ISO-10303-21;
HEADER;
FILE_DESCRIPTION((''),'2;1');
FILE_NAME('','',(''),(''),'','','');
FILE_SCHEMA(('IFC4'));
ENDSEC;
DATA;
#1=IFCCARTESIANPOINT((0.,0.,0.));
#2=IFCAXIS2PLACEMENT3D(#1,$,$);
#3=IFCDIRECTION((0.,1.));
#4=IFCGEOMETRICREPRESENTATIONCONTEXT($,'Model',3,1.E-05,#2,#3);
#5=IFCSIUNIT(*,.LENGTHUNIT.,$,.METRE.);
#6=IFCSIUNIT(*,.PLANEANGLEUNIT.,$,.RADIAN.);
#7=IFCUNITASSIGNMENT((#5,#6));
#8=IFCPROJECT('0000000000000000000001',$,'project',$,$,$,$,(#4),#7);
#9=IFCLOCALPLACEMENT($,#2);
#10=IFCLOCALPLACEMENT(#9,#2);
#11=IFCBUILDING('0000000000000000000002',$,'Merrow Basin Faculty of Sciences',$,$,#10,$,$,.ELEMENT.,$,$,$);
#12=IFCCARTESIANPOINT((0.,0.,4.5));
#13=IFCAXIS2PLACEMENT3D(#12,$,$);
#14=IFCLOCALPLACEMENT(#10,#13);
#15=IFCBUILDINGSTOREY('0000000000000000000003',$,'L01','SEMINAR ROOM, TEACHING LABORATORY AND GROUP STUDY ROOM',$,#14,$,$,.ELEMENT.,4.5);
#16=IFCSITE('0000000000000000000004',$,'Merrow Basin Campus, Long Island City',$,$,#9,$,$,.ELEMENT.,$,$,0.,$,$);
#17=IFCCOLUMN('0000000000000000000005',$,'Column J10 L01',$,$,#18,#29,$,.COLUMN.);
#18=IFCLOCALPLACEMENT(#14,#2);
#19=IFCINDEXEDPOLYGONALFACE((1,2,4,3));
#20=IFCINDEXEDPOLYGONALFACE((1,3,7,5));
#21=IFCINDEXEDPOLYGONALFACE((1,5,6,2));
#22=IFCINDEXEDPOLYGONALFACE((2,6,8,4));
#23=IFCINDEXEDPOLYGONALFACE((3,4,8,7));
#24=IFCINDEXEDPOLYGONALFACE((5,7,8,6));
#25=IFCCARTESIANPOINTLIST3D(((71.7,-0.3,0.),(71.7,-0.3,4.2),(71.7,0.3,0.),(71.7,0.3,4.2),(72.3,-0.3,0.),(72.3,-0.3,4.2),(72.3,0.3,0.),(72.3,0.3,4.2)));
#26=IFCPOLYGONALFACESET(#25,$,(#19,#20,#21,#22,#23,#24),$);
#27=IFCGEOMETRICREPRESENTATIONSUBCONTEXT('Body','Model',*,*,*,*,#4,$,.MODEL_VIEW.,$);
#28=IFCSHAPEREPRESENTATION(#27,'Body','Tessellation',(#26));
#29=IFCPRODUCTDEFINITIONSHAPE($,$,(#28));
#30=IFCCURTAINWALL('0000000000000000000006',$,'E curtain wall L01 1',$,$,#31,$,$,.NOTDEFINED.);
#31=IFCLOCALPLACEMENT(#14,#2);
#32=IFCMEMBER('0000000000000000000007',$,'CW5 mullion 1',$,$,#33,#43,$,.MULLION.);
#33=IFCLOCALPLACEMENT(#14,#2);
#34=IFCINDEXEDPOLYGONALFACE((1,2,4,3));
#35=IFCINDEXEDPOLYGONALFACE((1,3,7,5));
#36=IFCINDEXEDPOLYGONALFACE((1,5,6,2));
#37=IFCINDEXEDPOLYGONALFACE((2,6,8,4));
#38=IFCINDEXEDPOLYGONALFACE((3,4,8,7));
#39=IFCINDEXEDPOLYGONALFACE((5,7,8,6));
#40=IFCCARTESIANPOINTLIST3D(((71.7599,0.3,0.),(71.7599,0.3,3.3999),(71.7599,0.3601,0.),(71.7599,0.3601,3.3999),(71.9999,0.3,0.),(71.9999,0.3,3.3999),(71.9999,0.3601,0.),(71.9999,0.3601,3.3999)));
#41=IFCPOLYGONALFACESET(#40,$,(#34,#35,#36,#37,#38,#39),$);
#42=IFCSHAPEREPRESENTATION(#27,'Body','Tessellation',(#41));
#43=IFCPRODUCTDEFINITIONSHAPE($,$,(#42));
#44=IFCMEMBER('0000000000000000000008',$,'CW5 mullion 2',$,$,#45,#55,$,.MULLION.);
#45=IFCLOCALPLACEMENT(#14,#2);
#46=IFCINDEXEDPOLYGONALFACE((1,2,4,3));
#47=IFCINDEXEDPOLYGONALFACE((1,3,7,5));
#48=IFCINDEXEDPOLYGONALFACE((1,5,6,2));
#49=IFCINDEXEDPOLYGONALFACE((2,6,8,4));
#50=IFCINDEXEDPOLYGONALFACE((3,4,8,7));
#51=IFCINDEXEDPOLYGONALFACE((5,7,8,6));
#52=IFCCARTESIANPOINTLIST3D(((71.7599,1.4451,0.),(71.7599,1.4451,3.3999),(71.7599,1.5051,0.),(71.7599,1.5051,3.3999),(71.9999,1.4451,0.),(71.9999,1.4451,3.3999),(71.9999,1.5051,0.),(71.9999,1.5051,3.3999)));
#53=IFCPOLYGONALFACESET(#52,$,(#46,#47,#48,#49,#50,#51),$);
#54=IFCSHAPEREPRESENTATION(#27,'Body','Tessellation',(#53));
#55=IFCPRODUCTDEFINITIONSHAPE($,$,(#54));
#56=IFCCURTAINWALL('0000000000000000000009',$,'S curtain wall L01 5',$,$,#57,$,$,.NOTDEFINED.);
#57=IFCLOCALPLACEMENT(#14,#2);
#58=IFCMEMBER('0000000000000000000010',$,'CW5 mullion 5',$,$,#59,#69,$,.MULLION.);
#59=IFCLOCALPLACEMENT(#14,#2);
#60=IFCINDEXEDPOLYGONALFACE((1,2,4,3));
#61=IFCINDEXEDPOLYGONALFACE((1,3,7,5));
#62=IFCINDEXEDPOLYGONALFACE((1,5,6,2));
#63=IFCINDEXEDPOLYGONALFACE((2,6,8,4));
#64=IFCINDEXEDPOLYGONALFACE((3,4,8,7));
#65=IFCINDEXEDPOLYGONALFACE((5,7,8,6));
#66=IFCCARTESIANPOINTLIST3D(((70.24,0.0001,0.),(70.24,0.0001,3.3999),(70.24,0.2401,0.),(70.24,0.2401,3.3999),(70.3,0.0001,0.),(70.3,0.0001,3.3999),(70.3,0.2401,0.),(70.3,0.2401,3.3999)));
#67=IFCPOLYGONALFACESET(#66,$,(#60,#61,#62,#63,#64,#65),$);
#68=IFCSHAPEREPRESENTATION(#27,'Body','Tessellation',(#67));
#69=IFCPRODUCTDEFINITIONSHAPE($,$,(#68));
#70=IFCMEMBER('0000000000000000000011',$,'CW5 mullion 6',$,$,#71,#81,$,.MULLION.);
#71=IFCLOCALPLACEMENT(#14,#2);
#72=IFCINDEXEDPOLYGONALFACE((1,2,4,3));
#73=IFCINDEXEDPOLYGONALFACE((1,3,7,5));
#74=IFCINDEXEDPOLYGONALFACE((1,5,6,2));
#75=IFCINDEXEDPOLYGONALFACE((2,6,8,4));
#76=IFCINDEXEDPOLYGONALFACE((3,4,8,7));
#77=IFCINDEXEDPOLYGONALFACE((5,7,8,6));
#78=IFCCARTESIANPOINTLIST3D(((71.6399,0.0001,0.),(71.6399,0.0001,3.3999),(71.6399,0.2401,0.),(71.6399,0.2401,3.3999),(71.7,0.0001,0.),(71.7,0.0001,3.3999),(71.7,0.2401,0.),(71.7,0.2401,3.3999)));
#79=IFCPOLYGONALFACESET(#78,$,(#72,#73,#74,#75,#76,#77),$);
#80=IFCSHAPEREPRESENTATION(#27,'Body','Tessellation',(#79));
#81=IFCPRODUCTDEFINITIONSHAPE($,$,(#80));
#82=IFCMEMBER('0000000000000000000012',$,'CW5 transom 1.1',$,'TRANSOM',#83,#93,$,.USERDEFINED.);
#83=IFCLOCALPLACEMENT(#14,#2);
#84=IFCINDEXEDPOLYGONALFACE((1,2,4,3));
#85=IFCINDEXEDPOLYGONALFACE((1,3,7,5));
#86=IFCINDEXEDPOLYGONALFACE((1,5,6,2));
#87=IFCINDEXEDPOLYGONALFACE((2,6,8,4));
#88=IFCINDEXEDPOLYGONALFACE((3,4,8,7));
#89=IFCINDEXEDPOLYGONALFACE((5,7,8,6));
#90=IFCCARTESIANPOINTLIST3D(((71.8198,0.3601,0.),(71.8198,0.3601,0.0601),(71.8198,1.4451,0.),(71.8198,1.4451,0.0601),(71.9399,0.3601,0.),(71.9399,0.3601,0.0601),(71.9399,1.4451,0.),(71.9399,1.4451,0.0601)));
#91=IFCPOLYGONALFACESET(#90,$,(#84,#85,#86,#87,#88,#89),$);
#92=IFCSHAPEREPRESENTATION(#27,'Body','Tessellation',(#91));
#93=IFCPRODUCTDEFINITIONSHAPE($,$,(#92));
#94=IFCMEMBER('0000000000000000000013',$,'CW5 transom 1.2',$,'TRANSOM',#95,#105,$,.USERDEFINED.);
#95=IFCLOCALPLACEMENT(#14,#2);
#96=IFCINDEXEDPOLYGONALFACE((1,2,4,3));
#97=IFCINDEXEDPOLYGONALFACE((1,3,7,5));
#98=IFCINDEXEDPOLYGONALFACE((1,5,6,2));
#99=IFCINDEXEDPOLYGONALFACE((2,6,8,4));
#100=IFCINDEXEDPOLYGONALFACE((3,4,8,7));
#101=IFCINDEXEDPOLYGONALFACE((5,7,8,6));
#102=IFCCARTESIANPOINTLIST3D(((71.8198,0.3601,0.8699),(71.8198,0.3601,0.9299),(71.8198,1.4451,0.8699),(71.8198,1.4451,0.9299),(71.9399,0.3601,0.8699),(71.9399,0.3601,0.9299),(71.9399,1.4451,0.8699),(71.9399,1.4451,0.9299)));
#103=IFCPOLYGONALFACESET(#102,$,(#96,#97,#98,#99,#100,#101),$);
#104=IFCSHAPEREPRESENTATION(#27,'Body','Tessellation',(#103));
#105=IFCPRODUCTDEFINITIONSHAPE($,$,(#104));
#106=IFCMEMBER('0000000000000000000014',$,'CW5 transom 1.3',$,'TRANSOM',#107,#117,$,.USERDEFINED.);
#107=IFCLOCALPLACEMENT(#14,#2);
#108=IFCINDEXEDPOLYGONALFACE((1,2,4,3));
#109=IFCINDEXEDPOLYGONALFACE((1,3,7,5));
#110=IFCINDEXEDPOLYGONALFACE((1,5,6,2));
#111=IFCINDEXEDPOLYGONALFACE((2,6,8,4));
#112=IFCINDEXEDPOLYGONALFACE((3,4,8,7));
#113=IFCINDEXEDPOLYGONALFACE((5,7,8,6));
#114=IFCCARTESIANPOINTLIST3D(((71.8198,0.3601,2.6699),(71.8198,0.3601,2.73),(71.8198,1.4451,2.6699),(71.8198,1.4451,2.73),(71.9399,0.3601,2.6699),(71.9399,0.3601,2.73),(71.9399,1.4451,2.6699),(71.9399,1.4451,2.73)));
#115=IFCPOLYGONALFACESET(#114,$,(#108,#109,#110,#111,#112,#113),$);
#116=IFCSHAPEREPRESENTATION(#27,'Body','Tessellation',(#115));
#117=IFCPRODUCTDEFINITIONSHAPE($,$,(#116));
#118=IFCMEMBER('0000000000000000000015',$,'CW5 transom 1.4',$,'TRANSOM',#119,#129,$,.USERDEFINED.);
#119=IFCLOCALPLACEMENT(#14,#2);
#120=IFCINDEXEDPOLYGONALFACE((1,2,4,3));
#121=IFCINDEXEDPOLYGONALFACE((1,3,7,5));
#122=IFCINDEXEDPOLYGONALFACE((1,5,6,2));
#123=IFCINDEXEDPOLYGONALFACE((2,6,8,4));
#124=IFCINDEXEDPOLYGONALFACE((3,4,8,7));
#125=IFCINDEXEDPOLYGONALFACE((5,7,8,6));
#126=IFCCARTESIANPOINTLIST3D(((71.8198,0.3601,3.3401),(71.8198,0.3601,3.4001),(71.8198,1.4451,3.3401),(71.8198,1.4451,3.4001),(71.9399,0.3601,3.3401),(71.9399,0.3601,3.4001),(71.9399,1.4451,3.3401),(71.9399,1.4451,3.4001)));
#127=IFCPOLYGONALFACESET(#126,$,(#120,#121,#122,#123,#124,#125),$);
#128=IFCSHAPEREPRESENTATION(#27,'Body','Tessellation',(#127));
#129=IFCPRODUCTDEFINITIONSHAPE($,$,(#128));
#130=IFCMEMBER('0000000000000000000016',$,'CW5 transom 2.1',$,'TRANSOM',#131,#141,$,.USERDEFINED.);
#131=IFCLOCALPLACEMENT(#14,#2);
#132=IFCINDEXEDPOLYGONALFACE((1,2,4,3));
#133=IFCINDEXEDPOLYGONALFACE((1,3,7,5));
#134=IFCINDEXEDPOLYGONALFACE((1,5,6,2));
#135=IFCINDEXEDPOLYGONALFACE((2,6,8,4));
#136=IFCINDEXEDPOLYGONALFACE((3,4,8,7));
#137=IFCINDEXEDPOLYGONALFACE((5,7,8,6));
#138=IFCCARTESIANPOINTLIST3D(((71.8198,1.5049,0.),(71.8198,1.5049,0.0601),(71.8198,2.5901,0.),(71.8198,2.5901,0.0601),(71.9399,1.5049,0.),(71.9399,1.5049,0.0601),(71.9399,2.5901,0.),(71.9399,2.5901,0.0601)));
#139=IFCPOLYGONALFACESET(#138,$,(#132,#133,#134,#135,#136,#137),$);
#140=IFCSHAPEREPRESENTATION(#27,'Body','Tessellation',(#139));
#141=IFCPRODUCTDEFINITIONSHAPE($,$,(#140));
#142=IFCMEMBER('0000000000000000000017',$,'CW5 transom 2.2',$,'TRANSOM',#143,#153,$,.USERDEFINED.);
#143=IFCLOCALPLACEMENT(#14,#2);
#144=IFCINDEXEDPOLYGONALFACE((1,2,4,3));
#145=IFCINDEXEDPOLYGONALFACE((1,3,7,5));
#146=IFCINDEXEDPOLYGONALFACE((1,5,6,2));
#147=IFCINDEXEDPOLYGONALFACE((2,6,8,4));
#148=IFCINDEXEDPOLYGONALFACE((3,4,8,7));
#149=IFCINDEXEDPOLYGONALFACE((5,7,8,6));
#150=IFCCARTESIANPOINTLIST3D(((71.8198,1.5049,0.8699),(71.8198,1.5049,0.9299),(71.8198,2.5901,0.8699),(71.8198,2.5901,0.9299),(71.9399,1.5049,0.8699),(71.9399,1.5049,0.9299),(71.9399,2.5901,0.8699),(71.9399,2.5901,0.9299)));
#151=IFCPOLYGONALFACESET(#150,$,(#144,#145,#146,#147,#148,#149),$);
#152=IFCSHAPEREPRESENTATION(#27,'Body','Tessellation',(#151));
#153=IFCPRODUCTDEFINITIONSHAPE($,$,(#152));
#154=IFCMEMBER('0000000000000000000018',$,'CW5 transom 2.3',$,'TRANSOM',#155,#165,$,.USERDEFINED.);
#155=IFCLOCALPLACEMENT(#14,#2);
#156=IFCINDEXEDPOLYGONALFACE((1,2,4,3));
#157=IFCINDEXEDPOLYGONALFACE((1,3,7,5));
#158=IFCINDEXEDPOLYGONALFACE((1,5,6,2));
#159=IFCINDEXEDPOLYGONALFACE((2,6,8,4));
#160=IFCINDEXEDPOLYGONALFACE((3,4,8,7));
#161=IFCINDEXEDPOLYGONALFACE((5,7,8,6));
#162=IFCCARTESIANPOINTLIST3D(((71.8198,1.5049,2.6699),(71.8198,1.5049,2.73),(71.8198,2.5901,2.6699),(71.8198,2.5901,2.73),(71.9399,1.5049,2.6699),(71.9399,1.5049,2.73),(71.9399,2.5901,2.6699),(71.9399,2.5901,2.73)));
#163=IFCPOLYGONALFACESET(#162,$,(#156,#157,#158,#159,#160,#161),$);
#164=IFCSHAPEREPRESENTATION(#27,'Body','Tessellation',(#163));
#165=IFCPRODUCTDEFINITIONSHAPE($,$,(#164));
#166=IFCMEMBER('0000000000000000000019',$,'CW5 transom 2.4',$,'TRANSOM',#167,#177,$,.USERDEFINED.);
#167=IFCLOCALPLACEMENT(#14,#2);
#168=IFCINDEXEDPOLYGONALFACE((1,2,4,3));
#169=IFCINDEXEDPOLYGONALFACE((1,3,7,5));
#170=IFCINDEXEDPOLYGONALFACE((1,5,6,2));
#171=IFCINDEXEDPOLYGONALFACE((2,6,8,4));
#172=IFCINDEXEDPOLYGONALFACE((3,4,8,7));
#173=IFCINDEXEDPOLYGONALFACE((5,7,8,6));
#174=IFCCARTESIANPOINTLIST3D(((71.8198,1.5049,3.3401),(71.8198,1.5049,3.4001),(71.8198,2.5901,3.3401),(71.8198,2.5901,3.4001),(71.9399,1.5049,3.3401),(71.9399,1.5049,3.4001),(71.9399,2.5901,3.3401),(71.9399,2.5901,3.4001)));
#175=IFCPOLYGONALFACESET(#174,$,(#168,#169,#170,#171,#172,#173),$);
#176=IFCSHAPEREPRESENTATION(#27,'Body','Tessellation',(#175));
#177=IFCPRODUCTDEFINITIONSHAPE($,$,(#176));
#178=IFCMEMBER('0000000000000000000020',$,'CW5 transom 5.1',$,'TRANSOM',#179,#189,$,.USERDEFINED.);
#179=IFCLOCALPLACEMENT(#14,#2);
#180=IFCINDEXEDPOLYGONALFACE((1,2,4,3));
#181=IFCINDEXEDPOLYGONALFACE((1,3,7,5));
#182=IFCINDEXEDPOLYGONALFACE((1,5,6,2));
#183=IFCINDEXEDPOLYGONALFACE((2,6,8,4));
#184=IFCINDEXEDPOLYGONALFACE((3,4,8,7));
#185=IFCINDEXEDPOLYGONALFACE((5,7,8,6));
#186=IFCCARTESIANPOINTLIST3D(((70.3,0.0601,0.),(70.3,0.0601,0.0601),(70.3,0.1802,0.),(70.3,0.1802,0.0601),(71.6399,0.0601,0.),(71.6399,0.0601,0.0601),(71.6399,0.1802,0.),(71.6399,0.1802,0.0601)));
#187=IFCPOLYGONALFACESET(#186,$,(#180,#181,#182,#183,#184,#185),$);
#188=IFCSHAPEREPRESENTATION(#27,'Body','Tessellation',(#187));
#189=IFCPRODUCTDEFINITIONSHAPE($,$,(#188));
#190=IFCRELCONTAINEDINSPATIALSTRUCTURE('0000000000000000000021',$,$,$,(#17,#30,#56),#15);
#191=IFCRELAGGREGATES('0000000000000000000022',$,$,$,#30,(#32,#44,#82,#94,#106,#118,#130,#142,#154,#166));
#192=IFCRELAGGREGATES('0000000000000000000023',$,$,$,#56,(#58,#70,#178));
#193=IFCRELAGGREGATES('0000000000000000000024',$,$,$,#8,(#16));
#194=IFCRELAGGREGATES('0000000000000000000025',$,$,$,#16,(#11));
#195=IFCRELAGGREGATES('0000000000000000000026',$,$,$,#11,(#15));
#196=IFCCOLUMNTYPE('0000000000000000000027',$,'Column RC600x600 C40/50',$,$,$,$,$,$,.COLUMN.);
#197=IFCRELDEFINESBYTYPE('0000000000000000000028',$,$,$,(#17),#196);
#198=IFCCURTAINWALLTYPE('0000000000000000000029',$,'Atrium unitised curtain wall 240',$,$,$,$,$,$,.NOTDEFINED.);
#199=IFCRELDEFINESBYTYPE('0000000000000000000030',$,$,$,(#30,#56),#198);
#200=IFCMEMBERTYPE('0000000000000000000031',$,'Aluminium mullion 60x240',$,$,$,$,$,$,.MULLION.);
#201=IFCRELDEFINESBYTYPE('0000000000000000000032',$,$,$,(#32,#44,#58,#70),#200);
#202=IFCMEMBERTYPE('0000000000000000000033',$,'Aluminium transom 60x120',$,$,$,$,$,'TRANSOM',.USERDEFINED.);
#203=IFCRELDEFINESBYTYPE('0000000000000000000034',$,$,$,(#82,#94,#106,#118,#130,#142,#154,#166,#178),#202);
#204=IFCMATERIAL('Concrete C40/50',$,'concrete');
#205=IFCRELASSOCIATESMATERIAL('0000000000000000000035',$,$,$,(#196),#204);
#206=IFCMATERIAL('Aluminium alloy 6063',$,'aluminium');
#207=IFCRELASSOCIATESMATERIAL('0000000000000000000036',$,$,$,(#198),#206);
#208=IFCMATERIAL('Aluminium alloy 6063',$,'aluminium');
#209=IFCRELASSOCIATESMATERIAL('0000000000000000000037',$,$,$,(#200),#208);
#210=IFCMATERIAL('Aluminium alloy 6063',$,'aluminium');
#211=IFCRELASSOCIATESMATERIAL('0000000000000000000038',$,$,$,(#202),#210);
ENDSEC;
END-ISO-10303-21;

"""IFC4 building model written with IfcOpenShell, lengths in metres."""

from ifc_helpers import new_model, si_unit, direction, frame, origin, origin_2d, place, context, subcontext, project, spatial, rectangle, extrude, material, material_profile, profile_set, type_object, element, aggregate, save


model = new_model("IFC4")

# Units and contexts
model_context = context("Model", 3, precision=1e-05, world=origin(), true_north=direction((0.0, 1.0)))
body_context = subcontext(model_context, "Body", "Model", "MODEL_VIEW")
ifc_project = project(units=[si_unit("LENGTHUNIT", "METRE"), si_unit("PLANEANGLEUNIT", "RADIAN")], contexts=[model_context])

# Site, building, storey
site_placement = place(None, origin())
site = spatial("IfcSite", under=ifc_project, at=site_placement, Name="Merrow Basin Campus, Long Island City", CompositionType="ELEMENT", RefElevation=0.0)
building_placement = place(site_placement, origin())
building = spatial("IfcBuilding", under=site, at=building_placement, Name="Merrow Basin Faculty of Sciences", CompositionType="ELEMENT")
storey_placement = place(building_placement, frame((0.0, 0.0, 4.5)))
storey = spatial("IfcBuildingStorey", under=building, at=storey_placement, Name="L01", Description="SEMINAR ROOM, TEACHING LABORATORY AND GROUP STUDY ROOM", CompositionType="ELEMENT", Elevation=4.5)

# Column
ifc_material_1 = material(Name="Concrete C40/50", Category="concrete")
ifc_material_profile_1 = material_profile(ifc_material_1, rectangle(XDim=0.6001, YDim=0.6001, at=origin_2d()))
ifc_profile_set_1 = profile_set([ifc_material_profile_1], Name="Concrete C40/50")
column_type = type_object("IfcColumnType", Name="Column RC600x600 C40/50", PredefinedType="COLUMN", material=ifc_profile_set_1)
column_placement = place(storey_placement, frame((72.0, 0.0, 0.0), z_axis=(0.0, 0.0, 1.0), x_axis=(1.0, 0.0, 0.0)))
element("IfcColumn", 1, at=column_placement, inside=storey, type_object=column_type, Name="Column J10 L01", PredefinedType="COLUMN", context=body_context, shape_type="SweptSolid", body=[
    extrude(rectangle(XDim=0.6001, YDim=0.6001, at=origin_2d()), origin(), (0.0, 0.0, 1.0), 4.2),
])

# Curtain walls, members
ifc_material_2 = material(Name="Aluminium alloy 6063", Category="aluminium")
curtain_wall_type = type_object("IfcCurtainWallType", Name="Atrium unitised curtain wall 240", PredefinedType="NOTDEFINED", material=ifc_material_2)
curtain_wall_1_placement = place(storey_placement, origin())
curtain_wall_1 = element("IfcCurtainWall", 2, at=curtain_wall_1_placement, inside=storey, type_object=curtain_wall_type, Name="E curtain wall L01 1", PredefinedType="NOTDEFINED")
ifc_material_3 = material(Name="Aluminium alloy 6063", Category="aluminium")
ifc_material_profile_2 = material_profile(ifc_material_3, rectangle(XDim=0.24, YDim=0.0601, at=origin_2d()))
ifc_profile_set_2 = profile_set([ifc_material_profile_2], Name="Aluminium alloy 6063")
member_type_1 = type_object("IfcMemberType", Name="Aluminium mullion 60x240", PredefinedType="MULLION", material=ifc_profile_set_2)
member_1_placement = place(storey_placement, frame((71.8799, 0.3301, 0.0), z_axis=(0.0, 0.0, 1.0), x_axis=(-1.0, 0.0, 0.0)))
member_1 = element("IfcMember", 3, at=member_1_placement, type_object=member_type_1, Name="CW5 mullion 1", PredefinedType="MULLION", context=body_context, shape_type="SweptSolid", body=[
    extrude(rectangle(XDim=0.24, YDim=0.0601, at=origin_2d()), origin(), (0.0, 0.0, 1.0), 3.3999),
])
member_2_placement = place(storey_placement, frame((71.8799, 1.4751, 0.0), z_axis=(0.0, 0.0, 1.0), x_axis=(-1.0, 0.0, 0.0)))
member_2 = element("IfcMember", 4, at=member_2_placement, type_object=member_type_1, Name="CW5 mullion 2", PredefinedType="MULLION", context=body_context, shape_type="SweptSolid", body=[
    extrude(rectangle(XDim=0.24, YDim=0.0601, at=origin_2d()), origin(), (0.0, 0.0, 1.0), 3.3999),
])
curtain_wall_2_placement = place(storey_placement, origin())
curtain_wall_2 = element("IfcCurtainWall", 5, at=curtain_wall_2_placement, inside=storey, type_object=curtain_wall_type, Name="S curtain wall L01 5", PredefinedType="NOTDEFINED")
member_3_placement = place(storey_placement, frame((70.27, 0.1201, 0.0), z_axis=(0.0, 0.0, 1.0), x_axis=(0.0, 1.0, 0.0)))
member_3 = element("IfcMember", 6, at=member_3_placement, type_object=member_type_1, Name="CW5 mullion 5", PredefinedType="MULLION", context=body_context, shape_type="SweptSolid", body=[
    extrude(rectangle(XDim=0.24, YDim=0.0601, at=origin_2d()), origin(), (0.0, 0.0, 1.0), 3.3999),
])
member_4_placement = place(storey_placement, frame((71.6699, 0.1201, 0.0), z_axis=(0.0, 0.0, 1.0), x_axis=(0.0, 1.0, 0.0)))
member_4 = element("IfcMember", 7, at=member_4_placement, type_object=member_type_1, Name="CW5 mullion 6", PredefinedType="MULLION", context=body_context, shape_type="SweptSolid", body=[
    extrude(rectangle(XDim=0.24, YDim=0.0601, at=origin_2d()), origin(), (0.0, 0.0, 1.0), 3.3999),
])

# Members
ifc_material_4 = material(Name="Aluminium alloy 6063", Category="aluminium")
ifc_material_profile_3 = material_profile(ifc_material_4, rectangle(XDim=0.1201, YDim=0.0601, at=origin_2d()))
ifc_profile_set_3 = profile_set([ifc_material_profile_3], Name="Aluminium alloy 6063")
member_type_2 = type_object("IfcMemberType", Name="Aluminium transom 60x120", ElementType="TRANSOM", PredefinedType="USERDEFINED", material=ifc_profile_set_3)
member_5_placement = place(storey_placement, frame((71.8799, 0.3601, 0.03), z_axis=(0.0, 1.0, 0.0), x_axis=(-1.0, 0.0, 0.0)))
member_5 = element("IfcMember", 8, at=member_5_placement, type_object=member_type_2, Name="CW5 transom 1.1", ObjectType="TRANSOM", PredefinedType="USERDEFINED", context=body_context, shape_type="SweptSolid", body=[
    extrude(rectangle(XDim=0.1201, YDim=0.0601, at=origin_2d()), origin(), (0.0, 0.0, 1.0), 1.085),
])
member_6_placement = place(storey_placement, frame((71.8799, 0.3601, 0.8999), z_axis=(0.0, 1.0, 0.0), x_axis=(-1.0, 0.0, 0.0)))
member_6 = element("IfcMember", 9, at=member_6_placement, type_object=member_type_2, Name="CW5 transom 1.2", ObjectType="TRANSOM", PredefinedType="USERDEFINED", context=body_context, shape_type="SweptSolid", body=[
    extrude(rectangle(XDim=0.1201, YDim=0.0601, at=origin_2d()), origin(), (0.0, 0.0, 1.0), 1.085),
])
member_7_placement = place(storey_placement, frame((71.8799, 0.3601, 2.7), z_axis=(0.0, 1.0, 0.0), x_axis=(-1.0, 0.0, 0.0)))
member_7 = element("IfcMember", 10, at=member_7_placement, type_object=member_type_2, Name="CW5 transom 1.3", ObjectType="TRANSOM", PredefinedType="USERDEFINED", context=body_context, shape_type="SweptSolid", body=[
    extrude(rectangle(XDim=0.1201, YDim=0.0601, at=origin_2d()), origin(), (0.0, 0.0, 1.0), 1.085),
])
member_8_placement = place(storey_placement, frame((71.8799, 0.3601, 3.3701), z_axis=(0.0, 1.0, 0.0), x_axis=(-1.0, 0.0, 0.0)))
member_8 = element("IfcMember", 11, at=member_8_placement, type_object=member_type_2, Name="CW5 transom 1.4", ObjectType="TRANSOM", PredefinedType="USERDEFINED", context=body_context, shape_type="SweptSolid", body=[
    extrude(rectangle(XDim=0.1201, YDim=0.0601, at=origin_2d()), origin(), (0.0, 0.0, 1.0), 1.085),
])
member_9_placement = place(storey_placement, frame((71.8799, 1.5049, 0.03), z_axis=(0.0, 1.0, 0.0), x_axis=(-1.0, 0.0, 0.0)))
member_9 = element("IfcMember", 12, at=member_9_placement, type_object=member_type_2, Name="CW5 transom 2.1", ObjectType="TRANSOM", PredefinedType="USERDEFINED", context=body_context, shape_type="SweptSolid", body=[
    extrude(rectangle(XDim=0.1201, YDim=0.0601, at=origin_2d()), origin(), (0.0, 0.0, 1.0), 1.0852),
])
member_10_placement = place(storey_placement, frame((71.8799, 1.5049, 0.8999), z_axis=(0.0, 1.0, 0.0), x_axis=(-1.0, 0.0, 0.0)))
member_10 = element("IfcMember", 13, at=member_10_placement, type_object=member_type_2, Name="CW5 transom 2.2", ObjectType="TRANSOM", PredefinedType="USERDEFINED", context=body_context, shape_type="SweptSolid", body=[
    extrude(rectangle(XDim=0.1201, YDim=0.0601, at=origin_2d()), origin(), (0.0, 0.0, 1.0), 1.0852),
])
member_11_placement = place(storey_placement, frame((71.8799, 1.5049, 2.7), z_axis=(0.0, 1.0, 0.0), x_axis=(-1.0, 0.0, 0.0)))
member_11 = element("IfcMember", 14, at=member_11_placement, type_object=member_type_2, Name="CW5 transom 2.3", ObjectType="TRANSOM", PredefinedType="USERDEFINED", context=body_context, shape_type="SweptSolid", body=[
    extrude(rectangle(XDim=0.1201, YDim=0.0601, at=origin_2d()), origin(), (0.0, 0.0, 1.0), 1.0852),
])
member_12_placement = place(storey_placement, frame((71.8799, 1.5049, 3.3701), z_axis=(0.0, 1.0, 0.0), x_axis=(-1.0, 0.0, 0.0)))
member_12 = element("IfcMember", 15, at=member_12_placement, type_object=member_type_2, Name="CW5 transom 2.4", ObjectType="TRANSOM", PredefinedType="USERDEFINED", context=body_context, shape_type="SweptSolid", body=[
    extrude(rectangle(XDim=0.1201, YDim=0.0601, at=origin_2d()), origin(), (0.0, 0.0, 1.0), 1.0852),
])
member_13_placement = place(storey_placement, frame((70.3, 0.1201, 0.03), z_axis=(1.0, 0.0, 0.0), x_axis=(0.0, 1.0, 0.0)))
member_13 = element("IfcMember", 16, at=member_13_placement, type_object=member_type_2, Name="CW5 transom 5.1", ObjectType="TRANSOM", PredefinedType="USERDEFINED", context=body_context, shape_type="SweptSolid", body=[
    extrude(rectangle(XDim=0.1201, YDim=0.0601, at=origin_2d()), origin(), (0.0, 0.0, 1.0), 1.3398),
])

aggregate(curtain_wall_1, [member_1, member_2, member_5, member_6, member_7, member_8, member_9, member_10, member_11, member_12])
aggregate(curtain_wall_2, [member_3, member_4, member_13])

save(model, "model.ifc")
